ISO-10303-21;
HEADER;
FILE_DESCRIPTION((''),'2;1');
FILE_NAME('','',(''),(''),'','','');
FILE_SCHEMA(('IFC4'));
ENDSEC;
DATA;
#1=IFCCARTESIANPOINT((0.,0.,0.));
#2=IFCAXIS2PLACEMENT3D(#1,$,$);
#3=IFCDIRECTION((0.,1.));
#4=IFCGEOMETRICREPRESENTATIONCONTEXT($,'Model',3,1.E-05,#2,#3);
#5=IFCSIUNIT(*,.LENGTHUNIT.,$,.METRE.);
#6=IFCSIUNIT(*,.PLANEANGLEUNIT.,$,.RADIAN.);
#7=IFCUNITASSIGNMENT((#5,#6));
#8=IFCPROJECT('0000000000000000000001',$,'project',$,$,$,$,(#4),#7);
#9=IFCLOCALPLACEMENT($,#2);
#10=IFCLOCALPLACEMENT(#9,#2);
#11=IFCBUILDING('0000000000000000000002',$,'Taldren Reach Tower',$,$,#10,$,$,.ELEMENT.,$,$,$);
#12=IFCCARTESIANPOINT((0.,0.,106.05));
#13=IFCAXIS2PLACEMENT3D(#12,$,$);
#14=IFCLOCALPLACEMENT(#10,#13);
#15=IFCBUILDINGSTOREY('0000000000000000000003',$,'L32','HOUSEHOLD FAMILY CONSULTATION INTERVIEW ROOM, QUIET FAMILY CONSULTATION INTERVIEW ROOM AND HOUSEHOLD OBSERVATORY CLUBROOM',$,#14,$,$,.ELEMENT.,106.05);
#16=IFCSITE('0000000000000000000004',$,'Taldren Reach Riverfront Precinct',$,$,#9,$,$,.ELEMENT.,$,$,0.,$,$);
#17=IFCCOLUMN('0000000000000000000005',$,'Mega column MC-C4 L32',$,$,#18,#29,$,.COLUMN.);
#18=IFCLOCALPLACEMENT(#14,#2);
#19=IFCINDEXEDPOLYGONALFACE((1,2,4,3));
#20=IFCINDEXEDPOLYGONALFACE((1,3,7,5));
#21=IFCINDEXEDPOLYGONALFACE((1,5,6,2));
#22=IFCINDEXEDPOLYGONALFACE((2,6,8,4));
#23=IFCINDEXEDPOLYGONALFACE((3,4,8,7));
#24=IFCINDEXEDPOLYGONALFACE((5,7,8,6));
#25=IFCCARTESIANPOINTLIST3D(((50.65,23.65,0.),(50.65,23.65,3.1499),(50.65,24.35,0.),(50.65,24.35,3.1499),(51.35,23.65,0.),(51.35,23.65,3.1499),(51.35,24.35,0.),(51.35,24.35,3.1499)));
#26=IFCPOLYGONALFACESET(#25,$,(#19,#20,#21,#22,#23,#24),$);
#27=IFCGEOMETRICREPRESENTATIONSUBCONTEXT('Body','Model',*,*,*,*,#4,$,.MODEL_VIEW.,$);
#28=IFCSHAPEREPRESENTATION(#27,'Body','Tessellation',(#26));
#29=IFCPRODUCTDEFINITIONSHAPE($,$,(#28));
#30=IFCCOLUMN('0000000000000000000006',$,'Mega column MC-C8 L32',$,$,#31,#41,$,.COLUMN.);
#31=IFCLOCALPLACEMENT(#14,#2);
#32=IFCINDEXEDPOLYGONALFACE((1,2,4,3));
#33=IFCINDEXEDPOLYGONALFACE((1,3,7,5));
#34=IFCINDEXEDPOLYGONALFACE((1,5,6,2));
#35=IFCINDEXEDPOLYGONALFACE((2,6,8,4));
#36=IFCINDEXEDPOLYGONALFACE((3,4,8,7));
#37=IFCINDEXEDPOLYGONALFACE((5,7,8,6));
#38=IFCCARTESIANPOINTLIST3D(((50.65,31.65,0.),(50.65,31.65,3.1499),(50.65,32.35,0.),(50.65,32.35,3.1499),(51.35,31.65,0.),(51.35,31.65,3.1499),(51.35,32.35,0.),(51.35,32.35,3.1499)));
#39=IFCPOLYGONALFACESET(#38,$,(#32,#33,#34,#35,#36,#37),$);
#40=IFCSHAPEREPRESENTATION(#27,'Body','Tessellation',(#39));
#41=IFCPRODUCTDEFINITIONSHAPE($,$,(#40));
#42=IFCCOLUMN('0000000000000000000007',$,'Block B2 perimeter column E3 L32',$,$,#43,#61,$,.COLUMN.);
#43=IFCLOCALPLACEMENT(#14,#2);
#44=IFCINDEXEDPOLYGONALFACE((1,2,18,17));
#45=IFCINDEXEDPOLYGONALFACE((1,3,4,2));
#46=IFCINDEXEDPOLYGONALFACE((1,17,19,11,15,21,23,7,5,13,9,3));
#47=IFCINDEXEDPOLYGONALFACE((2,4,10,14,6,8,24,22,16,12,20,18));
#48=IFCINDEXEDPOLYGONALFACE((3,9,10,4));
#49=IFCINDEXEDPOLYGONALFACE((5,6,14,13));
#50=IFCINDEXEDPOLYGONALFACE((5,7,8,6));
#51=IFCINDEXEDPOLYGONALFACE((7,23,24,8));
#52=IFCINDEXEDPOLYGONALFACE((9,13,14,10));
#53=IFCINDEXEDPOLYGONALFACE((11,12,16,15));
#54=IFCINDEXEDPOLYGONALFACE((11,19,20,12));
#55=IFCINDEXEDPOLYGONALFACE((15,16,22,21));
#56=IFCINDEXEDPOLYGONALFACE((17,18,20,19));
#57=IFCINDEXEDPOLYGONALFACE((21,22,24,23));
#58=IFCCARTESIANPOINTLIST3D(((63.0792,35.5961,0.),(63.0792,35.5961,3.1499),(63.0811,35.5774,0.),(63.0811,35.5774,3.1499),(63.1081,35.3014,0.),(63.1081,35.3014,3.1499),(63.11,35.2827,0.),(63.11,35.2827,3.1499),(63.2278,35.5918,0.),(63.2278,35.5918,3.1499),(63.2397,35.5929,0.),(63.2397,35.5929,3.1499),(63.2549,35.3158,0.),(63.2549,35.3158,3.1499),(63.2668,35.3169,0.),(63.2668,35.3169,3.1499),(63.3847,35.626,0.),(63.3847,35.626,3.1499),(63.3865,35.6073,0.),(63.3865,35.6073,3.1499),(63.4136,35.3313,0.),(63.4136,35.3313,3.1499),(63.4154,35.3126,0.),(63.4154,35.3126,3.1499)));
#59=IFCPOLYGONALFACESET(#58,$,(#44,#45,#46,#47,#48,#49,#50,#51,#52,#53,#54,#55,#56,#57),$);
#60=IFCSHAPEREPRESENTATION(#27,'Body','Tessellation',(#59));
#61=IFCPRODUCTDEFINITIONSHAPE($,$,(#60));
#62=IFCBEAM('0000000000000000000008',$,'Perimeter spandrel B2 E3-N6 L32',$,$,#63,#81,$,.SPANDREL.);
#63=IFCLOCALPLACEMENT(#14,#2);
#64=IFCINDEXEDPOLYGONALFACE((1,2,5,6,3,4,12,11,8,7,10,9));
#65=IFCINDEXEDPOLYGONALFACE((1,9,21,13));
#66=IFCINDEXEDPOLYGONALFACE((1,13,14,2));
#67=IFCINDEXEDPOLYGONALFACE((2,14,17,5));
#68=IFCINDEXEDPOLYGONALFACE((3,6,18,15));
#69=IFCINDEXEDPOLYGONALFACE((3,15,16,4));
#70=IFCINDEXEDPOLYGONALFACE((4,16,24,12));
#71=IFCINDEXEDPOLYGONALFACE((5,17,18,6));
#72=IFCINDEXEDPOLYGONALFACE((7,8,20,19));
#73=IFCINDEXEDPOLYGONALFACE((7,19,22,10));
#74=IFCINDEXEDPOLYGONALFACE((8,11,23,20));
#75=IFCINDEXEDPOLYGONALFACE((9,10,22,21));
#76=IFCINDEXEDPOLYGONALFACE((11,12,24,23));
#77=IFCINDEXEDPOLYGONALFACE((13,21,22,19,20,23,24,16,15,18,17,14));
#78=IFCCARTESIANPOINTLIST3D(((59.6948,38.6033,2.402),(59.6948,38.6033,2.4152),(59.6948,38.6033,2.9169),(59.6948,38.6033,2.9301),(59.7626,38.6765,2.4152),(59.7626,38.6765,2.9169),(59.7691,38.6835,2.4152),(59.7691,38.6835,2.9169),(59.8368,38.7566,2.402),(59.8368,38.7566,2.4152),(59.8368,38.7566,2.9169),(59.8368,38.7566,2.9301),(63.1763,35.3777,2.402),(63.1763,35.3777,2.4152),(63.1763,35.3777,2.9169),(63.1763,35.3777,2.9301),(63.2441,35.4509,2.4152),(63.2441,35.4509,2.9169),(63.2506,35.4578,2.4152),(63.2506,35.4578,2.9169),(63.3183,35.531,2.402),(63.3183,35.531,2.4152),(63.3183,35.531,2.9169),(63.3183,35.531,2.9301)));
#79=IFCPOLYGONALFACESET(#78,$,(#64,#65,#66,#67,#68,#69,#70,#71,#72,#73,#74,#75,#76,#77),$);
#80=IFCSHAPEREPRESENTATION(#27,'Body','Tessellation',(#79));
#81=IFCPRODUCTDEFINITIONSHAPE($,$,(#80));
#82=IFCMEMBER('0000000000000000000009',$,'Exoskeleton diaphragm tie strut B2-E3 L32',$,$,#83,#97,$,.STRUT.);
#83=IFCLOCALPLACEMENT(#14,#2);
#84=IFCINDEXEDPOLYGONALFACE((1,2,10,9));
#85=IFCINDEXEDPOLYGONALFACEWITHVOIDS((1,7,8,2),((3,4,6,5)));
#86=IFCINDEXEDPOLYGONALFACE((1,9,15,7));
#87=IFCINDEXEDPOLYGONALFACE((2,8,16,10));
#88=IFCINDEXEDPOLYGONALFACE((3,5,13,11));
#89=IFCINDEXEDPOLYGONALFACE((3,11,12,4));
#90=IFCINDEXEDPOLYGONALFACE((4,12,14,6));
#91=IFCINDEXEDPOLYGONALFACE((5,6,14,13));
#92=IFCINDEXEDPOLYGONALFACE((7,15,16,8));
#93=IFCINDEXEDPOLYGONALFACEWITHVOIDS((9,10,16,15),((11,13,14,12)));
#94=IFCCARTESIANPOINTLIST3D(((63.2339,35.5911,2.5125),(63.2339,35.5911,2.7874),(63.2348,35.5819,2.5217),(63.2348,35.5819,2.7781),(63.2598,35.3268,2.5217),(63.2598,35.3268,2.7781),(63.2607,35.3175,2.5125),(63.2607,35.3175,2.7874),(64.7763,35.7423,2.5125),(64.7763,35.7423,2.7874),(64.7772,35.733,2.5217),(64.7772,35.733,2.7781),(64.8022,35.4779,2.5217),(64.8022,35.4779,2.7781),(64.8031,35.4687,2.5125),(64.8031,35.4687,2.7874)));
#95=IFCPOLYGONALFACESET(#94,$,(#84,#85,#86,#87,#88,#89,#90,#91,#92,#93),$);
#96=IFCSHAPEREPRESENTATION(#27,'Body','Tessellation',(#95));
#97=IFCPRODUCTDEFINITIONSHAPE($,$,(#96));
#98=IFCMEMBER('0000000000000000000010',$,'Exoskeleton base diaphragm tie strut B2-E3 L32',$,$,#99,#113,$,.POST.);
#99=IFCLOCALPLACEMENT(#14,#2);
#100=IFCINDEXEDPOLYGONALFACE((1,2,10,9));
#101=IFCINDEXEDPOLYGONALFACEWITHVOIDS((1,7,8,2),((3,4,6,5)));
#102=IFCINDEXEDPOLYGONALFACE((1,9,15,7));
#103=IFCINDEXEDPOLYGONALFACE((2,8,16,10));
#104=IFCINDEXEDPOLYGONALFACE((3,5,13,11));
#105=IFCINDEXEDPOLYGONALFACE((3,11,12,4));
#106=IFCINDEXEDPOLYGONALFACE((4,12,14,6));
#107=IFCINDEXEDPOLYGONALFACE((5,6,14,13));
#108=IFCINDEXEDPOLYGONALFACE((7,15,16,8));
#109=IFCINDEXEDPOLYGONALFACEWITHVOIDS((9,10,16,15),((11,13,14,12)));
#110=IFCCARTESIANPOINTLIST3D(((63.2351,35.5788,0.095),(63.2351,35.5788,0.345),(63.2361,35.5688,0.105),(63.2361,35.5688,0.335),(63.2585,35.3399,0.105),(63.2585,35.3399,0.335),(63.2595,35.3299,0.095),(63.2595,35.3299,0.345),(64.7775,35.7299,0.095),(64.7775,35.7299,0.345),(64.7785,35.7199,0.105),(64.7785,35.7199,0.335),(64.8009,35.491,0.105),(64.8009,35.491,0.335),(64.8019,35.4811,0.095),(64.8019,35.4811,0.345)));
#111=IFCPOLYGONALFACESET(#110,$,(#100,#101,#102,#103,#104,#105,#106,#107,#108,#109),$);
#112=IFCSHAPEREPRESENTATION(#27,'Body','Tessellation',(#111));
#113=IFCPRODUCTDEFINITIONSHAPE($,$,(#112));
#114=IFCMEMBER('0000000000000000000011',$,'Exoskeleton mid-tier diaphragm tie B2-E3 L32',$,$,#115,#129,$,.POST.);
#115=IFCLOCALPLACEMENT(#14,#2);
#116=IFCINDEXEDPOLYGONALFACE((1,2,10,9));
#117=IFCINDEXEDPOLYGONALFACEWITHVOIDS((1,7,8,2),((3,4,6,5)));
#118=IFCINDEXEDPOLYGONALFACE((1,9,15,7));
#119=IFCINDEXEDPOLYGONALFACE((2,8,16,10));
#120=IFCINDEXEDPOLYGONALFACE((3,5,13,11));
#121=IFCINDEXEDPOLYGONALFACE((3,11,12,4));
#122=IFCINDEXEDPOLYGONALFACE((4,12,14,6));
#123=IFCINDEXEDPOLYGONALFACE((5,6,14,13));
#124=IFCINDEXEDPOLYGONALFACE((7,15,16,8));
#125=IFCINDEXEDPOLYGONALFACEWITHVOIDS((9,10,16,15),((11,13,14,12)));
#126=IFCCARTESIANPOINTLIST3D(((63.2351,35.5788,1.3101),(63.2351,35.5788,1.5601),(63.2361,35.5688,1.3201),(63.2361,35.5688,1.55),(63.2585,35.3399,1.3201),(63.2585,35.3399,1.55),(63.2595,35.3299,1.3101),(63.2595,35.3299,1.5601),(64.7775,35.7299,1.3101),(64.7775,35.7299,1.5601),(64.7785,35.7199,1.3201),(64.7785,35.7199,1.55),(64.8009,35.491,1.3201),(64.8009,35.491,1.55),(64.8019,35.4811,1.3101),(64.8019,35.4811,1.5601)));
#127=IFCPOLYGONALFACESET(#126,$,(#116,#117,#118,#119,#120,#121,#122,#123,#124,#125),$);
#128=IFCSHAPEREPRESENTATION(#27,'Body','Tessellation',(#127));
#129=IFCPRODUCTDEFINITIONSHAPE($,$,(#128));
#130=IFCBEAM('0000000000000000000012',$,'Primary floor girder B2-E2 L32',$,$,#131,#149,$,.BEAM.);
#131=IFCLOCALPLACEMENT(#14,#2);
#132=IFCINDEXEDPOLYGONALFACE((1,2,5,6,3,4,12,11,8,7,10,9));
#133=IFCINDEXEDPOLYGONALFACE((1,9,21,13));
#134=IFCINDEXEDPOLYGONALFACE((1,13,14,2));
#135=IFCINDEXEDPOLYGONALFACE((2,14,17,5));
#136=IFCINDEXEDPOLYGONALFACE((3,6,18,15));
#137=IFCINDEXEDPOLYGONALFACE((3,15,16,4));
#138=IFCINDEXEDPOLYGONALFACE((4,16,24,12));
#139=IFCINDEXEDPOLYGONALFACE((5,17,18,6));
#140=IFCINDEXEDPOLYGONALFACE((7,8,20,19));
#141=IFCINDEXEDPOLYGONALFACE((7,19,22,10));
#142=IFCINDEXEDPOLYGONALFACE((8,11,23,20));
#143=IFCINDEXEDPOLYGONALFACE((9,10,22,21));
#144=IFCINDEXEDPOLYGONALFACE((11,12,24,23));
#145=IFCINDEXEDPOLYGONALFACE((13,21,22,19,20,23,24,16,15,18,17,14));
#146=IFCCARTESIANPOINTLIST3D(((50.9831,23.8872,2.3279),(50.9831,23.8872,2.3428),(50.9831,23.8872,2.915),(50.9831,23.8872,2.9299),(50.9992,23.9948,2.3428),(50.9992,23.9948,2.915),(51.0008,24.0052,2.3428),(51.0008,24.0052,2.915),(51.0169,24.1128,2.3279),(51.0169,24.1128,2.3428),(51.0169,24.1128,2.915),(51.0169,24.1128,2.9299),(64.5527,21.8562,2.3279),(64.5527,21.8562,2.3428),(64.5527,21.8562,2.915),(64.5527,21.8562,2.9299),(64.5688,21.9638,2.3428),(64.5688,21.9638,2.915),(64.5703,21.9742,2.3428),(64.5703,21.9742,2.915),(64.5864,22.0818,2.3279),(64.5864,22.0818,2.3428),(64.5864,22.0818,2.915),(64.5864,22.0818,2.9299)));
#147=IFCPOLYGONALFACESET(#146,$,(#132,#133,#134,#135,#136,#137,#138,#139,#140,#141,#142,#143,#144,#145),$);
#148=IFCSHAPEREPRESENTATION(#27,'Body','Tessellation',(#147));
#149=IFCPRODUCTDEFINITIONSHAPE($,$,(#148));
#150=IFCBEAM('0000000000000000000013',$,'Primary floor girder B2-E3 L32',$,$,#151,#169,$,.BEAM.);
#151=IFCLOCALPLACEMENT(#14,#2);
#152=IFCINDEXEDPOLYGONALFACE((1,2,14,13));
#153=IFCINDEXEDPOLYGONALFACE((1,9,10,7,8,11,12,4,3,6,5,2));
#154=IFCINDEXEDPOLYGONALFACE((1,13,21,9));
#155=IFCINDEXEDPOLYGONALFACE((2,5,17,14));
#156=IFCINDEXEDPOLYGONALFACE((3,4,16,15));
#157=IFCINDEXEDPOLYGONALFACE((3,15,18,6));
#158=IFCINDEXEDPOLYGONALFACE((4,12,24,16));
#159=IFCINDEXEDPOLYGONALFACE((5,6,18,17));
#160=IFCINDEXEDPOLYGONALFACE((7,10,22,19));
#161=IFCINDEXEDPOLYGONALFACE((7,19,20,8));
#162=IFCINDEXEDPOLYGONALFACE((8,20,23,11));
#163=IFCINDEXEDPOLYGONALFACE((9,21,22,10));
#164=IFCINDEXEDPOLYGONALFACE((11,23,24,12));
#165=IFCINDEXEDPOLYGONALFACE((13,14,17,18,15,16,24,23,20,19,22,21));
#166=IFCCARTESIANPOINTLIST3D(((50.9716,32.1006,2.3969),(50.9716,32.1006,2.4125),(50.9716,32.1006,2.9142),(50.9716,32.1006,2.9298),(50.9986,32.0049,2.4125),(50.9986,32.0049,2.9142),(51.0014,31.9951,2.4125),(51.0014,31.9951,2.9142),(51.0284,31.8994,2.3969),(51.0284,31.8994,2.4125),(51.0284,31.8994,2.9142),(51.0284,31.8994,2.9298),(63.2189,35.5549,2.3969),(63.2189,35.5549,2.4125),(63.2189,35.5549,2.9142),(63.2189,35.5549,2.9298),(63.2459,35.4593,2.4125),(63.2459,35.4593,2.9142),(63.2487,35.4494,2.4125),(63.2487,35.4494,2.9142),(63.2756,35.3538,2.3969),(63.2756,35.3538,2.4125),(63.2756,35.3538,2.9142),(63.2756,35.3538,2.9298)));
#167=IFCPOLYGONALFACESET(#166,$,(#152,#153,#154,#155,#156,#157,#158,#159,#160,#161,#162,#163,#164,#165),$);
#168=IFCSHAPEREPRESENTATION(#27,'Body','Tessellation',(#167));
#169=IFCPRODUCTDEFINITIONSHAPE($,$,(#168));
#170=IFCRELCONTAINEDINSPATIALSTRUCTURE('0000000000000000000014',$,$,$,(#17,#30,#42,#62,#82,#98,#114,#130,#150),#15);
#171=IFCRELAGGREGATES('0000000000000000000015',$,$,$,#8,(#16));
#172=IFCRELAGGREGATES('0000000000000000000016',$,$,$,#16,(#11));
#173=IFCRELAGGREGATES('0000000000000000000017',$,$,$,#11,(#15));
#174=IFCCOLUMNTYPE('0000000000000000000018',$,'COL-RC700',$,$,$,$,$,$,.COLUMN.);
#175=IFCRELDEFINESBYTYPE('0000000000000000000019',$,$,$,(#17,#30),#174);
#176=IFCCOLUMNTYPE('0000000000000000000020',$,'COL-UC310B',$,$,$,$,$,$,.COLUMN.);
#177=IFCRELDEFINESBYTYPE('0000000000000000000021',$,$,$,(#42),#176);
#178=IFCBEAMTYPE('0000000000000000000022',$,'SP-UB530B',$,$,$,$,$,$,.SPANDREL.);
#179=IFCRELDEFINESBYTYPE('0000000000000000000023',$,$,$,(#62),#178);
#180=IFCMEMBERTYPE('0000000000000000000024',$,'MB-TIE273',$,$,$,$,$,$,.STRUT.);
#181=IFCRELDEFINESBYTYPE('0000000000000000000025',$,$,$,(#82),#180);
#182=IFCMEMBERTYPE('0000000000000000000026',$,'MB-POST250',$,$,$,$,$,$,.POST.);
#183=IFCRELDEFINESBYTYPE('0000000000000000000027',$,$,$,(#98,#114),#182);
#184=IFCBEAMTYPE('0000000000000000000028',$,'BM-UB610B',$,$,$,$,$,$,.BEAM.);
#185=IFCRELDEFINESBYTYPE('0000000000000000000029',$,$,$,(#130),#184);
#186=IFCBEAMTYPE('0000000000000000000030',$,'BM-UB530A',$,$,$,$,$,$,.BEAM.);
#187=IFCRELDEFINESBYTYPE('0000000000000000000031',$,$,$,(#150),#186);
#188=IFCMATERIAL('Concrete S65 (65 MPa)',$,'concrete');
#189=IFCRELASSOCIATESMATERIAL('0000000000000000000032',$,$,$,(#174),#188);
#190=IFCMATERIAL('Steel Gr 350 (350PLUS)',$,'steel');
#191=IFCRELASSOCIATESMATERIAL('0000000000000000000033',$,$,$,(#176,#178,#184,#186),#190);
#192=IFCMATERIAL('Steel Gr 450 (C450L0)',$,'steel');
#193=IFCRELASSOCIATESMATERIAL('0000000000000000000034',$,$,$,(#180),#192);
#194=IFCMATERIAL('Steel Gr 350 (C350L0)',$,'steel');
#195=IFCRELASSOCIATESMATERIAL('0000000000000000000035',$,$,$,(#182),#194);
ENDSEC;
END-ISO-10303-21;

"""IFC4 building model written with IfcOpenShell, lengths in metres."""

from ifc_helpers import new_model, si_unit, direction, frame, origin, origin_2d, place, context, subcontext, project, spatial, rectangle, hollow_rectangle, i_section, extrude, source, transform, mapped, material, material_profile, profile_set, type_object, element, save


model = new_model("IFC4")

# Units and contexts
model_context = context("Model", 3, precision=1e-05, world=origin(), true_north=direction((0.0, 1.0)))
body_context = subcontext(model_context, "Body", "Model", "MODEL_VIEW")
ifc_project = project(units=[si_unit("LENGTHUNIT", "METRE"), si_unit("PLANEANGLEUNIT", "RADIAN")], contexts=[model_context])

# Site, building, storey
site_placement = place(None, origin())
site = spatial("IfcSite", under=ifc_project, at=site_placement, Name="Taldren Reach Riverfront Precinct", CompositionType="ELEMENT", RefElevation=0.0)
building_placement = place(site_placement, origin())
building = spatial("IfcBuilding", under=site, at=building_placement, Name="Taldren Reach Tower", CompositionType="ELEMENT")
storey_placement = place(building_placement, frame((0.0, 0.0, 106.05)))
storey = spatial("IfcBuildingStorey", under=building, at=storey_placement, Name="L32", Description="HOUSEHOLD FAMILY CONSULTATION INTERVIEW ROOM, QUIET FAMILY CONSULTATION INTERVIEW ROOM AND HOUSEHOLD OBSERVATORY CLUBROOM", CompositionType="ELEMENT", Elevation=106.05)

# Columns
ifc_material_1 = material(Name="Concrete S65 (65 MPa)", Category="concrete")
ifc_material_profile_1 = material_profile(ifc_material_1, rectangle(XDim=0.7, YDim=0.7, at=origin_2d()), Name="RC-700x700")
ifc_profile_set_1 = profile_set([ifc_material_profile_1], Name="Concrete S65 (65 MPa)")
column_type_1 = type_object("IfcColumnType", Name="COL-RC700", PredefinedType="COLUMN", material=ifc_profile_set_1)
shared_shape_1 = source(origin(), body_context, "Body", "SweptSolid", [
    extrude(rectangle(XDim=0.7, YDim=0.7, at=origin_2d()), origin(), (0.0, 0.0, 1.0), 3.1499),
])
for number, where, z_axis, x_axis, name in (
    (1, (51.0, 24.0, 0.0), (0.0, 0.0, 1.0), (1.0, 0.0, 0.0), "Mega column MC-C4 L32"),
    (2, (51.0, 32.0, 0.0), (0.0, 0.0, 1.0), (1.0, 0.0, 0.0), "Mega column MC-C8 L32"),
):
    element("IfcColumn", number, at=place(storey_placement, frame(where, z_axis=z_axis, x_axis=x_axis)), inside=storey, type_object=column_type_1, Name=name, PredefinedType="COLUMN", context=body_context, shape_type="MappedRepresentation", body=[
        mapped(shared_shape_1, transform((0.0, 0.0, 0.0), scale=1.0)),
    ])
ifc_material_2 = material(Name="Steel Gr 350 (350PLUS)", Category="steel")
ifc_material_profile_2 = material_profile(ifc_material_2, i_section(OverallWidth=0.3069, OverallDepth=0.3149, WebThickness=0.012, FlangeThickness=0.0188, at=origin_2d()), Name="310UC118")
ifc_profile_set_2 = profile_set([ifc_material_profile_2], Name="Steel Gr 350 (350PLUS)")
column_type_2 = type_object("IfcColumnType", Name="COL-UC310B", PredefinedType="COLUMN", material=ifc_profile_set_2)
shared_shape_2 = source(origin(), body_context, "Body", "SweptSolid", [
    extrude(i_section(OverallWidth=0.3069, OverallDepth=0.3149, WebThickness=0.012, FlangeThickness=0.0188, at=origin_2d()), origin(), (0.0, 0.0, 1.0), 3.1499),
])
column_placement = place(storey_placement, frame((63.2473, 35.4543, 0.0), z_axis=(0.0, 0.0, 1.0), x_axis=(0.995227, 0.097583, 0.0)))
element("IfcColumn", 3, at=column_placement, inside=storey, type_object=column_type_2, Name="Block B2 perimeter column E3 L32", PredefinedType="COLUMN", context=body_context, shape_type="MappedRepresentation", body=[
    mapped(shared_shape_2, transform((0.0, 0.0, 0.0), scale=1.0)),
])

# Beam
ifc_material_profile_3 = material_profile(ifc_material_2, i_section(OverallWidth=0.209, OverallDepth=0.5281, WebThickness=0.0095, FlangeThickness=0.0132, at=origin_2d()), Name="530UB82.0")
ifc_profile_set_3 = profile_set([ifc_material_profile_3], Name="Steel Gr 350 (350PLUS)")
beam_type_1 = type_object("IfcBeamType", Name="SP-UB530B", PredefinedType="SPANDREL", material=ifc_profile_set_3)
shared_shape_3 = source(origin(), body_context, "Body", "SweptSolid", [
    extrude(i_section(OverallWidth=0.209, OverallDepth=0.5281, WebThickness=0.0095, FlangeThickness=0.0132, at=origin_2d()), origin(), (0.0, 0.0, 1.0), 4.7461),
])
beam_1_placement = place(storey_placement, frame((63.2473, 35.4543, 2.666), z_axis=(-0.733548, 0.679638, 0.0), x_axis=(-0.679638, -0.733548, 0.0)))
element("IfcBeam", 4, at=beam_1_placement, inside=storey, type_object=beam_type_1, Name="Perimeter spandrel B2 E3-N6 L32", PredefinedType="SPANDREL", context=body_context, shape_type="MappedRepresentation", body=[
    mapped(shared_shape_3, transform((0.0, 0.0, 0.0), scale=1.0)),
])

# Members
ifc_material_3 = material(Name="Steel Gr 450 (C450L0)", Category="steel")
ifc_material_profile_4 = material_profile(ifc_material_3, hollow_rectangle(XDim=0.2749, YDim=0.2749, WallThickness=0.0093, at=origin_2d()), Name="275x275x9.3SHS")
ifc_profile_set_4 = profile_set([ifc_material_profile_4], Name="Steel Gr 450 (C450L0)")
member_type_1 = type_object("IfcMemberType", Name="MB-TIE273", PredefinedType="STRUT", material=ifc_profile_set_4)
shared_shape_4 = source(origin(), body_context, "Body", "SweptSolid", [
    extrude(hollow_rectangle(XDim=0.2749, YDim=0.2749, WallThickness=0.0093, at=origin_2d()), origin(), (0.0, 0.0, 1.0), 1.5498),
])
member_1_placement = place(storey_placement, frame((63.2473, 35.4543, 2.6499), z_axis=(0.995235, 0.097507, 0.0), x_axis=(-0.097507, 0.995235, 0.0)))
element("IfcMember", 5, at=member_1_placement, inside=storey, type_object=member_type_1, Name="Exoskeleton diaphragm tie strut B2-E3 L32", PredefinedType="STRUT", context=body_context, shape_type="MappedRepresentation", body=[
    mapped(shared_shape_4, transform((0.0, 0.0, 0.0), scale=1.0)),
])
ifc_material_4 = material(Name="Steel Gr 350 (C350L0)", Category="steel")
ifc_material_profile_5 = material_profile(ifc_material_4, hollow_rectangle(XDim=0.25, YDim=0.25, WallThickness=0.01, at=origin_2d()), Name="250x250x10.0SHS")
ifc_profile_set_5 = profile_set([ifc_material_profile_5], Name="Steel Gr 350 (C350L0)")
member_type_2 = type_object("IfcMemberType", Name="MB-POST250", PredefinedType="POST", material=ifc_profile_set_5)
shared_shape_5 = source(origin(), body_context, "Body", "SweptSolid", [
    extrude(hollow_rectangle(XDim=0.25, YDim=0.25, WallThickness=0.01, at=origin_2d()), origin(), (0.0, 0.0, 1.0), 1.5498),
])
for number, where, z_axis, x_axis, name in (
    (6, (63.2473, 35.4543, 0.22), (0.995235, 0.097507, 0.0), (-0.097507, 0.995235, 0.0), "Exoskeleton base diaphragm tie strut B2-E3 L32"),
    (7, (63.2473, 35.4543, 1.4351), (0.995235, 0.097507, 0.0), (-0.097507, 0.995235, 0.0), "Exoskeleton mid-tier diaphragm tie B2-E3 L32"),
):
    element("IfcMember", number, at=place(storey_placement, frame(where, z_axis=z_axis, x_axis=x_axis)), inside=storey, type_object=member_type_2, Name=name, PredefinedType="POST", context=body_context, shape_type="MappedRepresentation", body=[
        mapped(shared_shape_5, transform((0.0, 0.0, 0.0), scale=1.0)),
    ])

# Beams
ifc_material_profile_6 = material_profile(ifc_material_2, i_section(OverallWidth=0.228, OverallDepth=0.6021, WebThickness=0.0105, FlangeThickness=0.0149, at=origin_2d()), Name="610UB101")
ifc_profile_set_6 = profile_set([ifc_material_profile_6], Name="Steel Gr 350 (350PLUS)")
beam_type_2 = type_object("IfcBeamType", Name="BM-UB610B", PredefinedType="BEAM", material=ifc_profile_set_6)
shared_shape_6 = source(origin(), body_context, "Body", "SweptSolid", [
    extrude(i_section(OverallWidth=0.228, OverallDepth=0.6021, WebThickness=0.0105, FlangeThickness=0.0149, at=origin_2d()), origin(), (0.0, 0.0, 1.0), 13.7207),
])
beam_2_placement = place(storey_placement, frame((51.0, 24.0, 2.6289), z_axis=(0.988984, -0.148025, 0.0), x_axis=(0.148025, 0.988984, 0.0)))
element("IfcBeam", 8, at=beam_2_placement, inside=storey, type_object=beam_type_2, Name="Primary floor girder B2-E2 L32", PredefinedType="BEAM", context=body_context, shape_type="MappedRepresentation", body=[
    mapped(shared_shape_6, transform((0.0, 0.0, 0.0), scale=1.0)),
])
ifc_material_profile_7 = material_profile(ifc_material_2, i_section(OverallWidth=0.209, OverallDepth=0.533, WebThickness=0.0103, FlangeThickness=0.0156, at=origin_2d()), Name="530UB92.4")
ifc_profile_set_7 = profile_set([ifc_material_profile_7], Name="Steel Gr 350 (350PLUS)")
beam_type_3 = type_object("IfcBeamType", Name="BM-UB530A", PredefinedType="BEAM", material=ifc_profile_set_7)
shared_shape_7 = source(origin(), body_context, "Body", "SweptSolid", [
    extrude(i_section(OverallWidth=0.209, OverallDepth=0.533, WebThickness=0.0103, FlangeThickness=0.0156, at=origin_2d()), origin(), (0.0, 0.0, 1.0), 12.7251),
])
beam_3_placement = place(storey_placement, frame((51.0, 32.0, 2.6633), z_axis=(0.96245, 0.271458, 0.0), x_axis=(-0.271458, 0.96245, 0.0)))
element("IfcBeam", 9, at=beam_3_placement, inside=storey, type_object=beam_type_3, Name="Primary floor girder B2-E3 L32", PredefinedType="BEAM", context=body_context, shape_type="MappedRepresentation", body=[
    mapped(shared_shape_7, transform((0.0, 0.0, 0.0), scale=1.0)),
])

save(model, "model.ifc")
